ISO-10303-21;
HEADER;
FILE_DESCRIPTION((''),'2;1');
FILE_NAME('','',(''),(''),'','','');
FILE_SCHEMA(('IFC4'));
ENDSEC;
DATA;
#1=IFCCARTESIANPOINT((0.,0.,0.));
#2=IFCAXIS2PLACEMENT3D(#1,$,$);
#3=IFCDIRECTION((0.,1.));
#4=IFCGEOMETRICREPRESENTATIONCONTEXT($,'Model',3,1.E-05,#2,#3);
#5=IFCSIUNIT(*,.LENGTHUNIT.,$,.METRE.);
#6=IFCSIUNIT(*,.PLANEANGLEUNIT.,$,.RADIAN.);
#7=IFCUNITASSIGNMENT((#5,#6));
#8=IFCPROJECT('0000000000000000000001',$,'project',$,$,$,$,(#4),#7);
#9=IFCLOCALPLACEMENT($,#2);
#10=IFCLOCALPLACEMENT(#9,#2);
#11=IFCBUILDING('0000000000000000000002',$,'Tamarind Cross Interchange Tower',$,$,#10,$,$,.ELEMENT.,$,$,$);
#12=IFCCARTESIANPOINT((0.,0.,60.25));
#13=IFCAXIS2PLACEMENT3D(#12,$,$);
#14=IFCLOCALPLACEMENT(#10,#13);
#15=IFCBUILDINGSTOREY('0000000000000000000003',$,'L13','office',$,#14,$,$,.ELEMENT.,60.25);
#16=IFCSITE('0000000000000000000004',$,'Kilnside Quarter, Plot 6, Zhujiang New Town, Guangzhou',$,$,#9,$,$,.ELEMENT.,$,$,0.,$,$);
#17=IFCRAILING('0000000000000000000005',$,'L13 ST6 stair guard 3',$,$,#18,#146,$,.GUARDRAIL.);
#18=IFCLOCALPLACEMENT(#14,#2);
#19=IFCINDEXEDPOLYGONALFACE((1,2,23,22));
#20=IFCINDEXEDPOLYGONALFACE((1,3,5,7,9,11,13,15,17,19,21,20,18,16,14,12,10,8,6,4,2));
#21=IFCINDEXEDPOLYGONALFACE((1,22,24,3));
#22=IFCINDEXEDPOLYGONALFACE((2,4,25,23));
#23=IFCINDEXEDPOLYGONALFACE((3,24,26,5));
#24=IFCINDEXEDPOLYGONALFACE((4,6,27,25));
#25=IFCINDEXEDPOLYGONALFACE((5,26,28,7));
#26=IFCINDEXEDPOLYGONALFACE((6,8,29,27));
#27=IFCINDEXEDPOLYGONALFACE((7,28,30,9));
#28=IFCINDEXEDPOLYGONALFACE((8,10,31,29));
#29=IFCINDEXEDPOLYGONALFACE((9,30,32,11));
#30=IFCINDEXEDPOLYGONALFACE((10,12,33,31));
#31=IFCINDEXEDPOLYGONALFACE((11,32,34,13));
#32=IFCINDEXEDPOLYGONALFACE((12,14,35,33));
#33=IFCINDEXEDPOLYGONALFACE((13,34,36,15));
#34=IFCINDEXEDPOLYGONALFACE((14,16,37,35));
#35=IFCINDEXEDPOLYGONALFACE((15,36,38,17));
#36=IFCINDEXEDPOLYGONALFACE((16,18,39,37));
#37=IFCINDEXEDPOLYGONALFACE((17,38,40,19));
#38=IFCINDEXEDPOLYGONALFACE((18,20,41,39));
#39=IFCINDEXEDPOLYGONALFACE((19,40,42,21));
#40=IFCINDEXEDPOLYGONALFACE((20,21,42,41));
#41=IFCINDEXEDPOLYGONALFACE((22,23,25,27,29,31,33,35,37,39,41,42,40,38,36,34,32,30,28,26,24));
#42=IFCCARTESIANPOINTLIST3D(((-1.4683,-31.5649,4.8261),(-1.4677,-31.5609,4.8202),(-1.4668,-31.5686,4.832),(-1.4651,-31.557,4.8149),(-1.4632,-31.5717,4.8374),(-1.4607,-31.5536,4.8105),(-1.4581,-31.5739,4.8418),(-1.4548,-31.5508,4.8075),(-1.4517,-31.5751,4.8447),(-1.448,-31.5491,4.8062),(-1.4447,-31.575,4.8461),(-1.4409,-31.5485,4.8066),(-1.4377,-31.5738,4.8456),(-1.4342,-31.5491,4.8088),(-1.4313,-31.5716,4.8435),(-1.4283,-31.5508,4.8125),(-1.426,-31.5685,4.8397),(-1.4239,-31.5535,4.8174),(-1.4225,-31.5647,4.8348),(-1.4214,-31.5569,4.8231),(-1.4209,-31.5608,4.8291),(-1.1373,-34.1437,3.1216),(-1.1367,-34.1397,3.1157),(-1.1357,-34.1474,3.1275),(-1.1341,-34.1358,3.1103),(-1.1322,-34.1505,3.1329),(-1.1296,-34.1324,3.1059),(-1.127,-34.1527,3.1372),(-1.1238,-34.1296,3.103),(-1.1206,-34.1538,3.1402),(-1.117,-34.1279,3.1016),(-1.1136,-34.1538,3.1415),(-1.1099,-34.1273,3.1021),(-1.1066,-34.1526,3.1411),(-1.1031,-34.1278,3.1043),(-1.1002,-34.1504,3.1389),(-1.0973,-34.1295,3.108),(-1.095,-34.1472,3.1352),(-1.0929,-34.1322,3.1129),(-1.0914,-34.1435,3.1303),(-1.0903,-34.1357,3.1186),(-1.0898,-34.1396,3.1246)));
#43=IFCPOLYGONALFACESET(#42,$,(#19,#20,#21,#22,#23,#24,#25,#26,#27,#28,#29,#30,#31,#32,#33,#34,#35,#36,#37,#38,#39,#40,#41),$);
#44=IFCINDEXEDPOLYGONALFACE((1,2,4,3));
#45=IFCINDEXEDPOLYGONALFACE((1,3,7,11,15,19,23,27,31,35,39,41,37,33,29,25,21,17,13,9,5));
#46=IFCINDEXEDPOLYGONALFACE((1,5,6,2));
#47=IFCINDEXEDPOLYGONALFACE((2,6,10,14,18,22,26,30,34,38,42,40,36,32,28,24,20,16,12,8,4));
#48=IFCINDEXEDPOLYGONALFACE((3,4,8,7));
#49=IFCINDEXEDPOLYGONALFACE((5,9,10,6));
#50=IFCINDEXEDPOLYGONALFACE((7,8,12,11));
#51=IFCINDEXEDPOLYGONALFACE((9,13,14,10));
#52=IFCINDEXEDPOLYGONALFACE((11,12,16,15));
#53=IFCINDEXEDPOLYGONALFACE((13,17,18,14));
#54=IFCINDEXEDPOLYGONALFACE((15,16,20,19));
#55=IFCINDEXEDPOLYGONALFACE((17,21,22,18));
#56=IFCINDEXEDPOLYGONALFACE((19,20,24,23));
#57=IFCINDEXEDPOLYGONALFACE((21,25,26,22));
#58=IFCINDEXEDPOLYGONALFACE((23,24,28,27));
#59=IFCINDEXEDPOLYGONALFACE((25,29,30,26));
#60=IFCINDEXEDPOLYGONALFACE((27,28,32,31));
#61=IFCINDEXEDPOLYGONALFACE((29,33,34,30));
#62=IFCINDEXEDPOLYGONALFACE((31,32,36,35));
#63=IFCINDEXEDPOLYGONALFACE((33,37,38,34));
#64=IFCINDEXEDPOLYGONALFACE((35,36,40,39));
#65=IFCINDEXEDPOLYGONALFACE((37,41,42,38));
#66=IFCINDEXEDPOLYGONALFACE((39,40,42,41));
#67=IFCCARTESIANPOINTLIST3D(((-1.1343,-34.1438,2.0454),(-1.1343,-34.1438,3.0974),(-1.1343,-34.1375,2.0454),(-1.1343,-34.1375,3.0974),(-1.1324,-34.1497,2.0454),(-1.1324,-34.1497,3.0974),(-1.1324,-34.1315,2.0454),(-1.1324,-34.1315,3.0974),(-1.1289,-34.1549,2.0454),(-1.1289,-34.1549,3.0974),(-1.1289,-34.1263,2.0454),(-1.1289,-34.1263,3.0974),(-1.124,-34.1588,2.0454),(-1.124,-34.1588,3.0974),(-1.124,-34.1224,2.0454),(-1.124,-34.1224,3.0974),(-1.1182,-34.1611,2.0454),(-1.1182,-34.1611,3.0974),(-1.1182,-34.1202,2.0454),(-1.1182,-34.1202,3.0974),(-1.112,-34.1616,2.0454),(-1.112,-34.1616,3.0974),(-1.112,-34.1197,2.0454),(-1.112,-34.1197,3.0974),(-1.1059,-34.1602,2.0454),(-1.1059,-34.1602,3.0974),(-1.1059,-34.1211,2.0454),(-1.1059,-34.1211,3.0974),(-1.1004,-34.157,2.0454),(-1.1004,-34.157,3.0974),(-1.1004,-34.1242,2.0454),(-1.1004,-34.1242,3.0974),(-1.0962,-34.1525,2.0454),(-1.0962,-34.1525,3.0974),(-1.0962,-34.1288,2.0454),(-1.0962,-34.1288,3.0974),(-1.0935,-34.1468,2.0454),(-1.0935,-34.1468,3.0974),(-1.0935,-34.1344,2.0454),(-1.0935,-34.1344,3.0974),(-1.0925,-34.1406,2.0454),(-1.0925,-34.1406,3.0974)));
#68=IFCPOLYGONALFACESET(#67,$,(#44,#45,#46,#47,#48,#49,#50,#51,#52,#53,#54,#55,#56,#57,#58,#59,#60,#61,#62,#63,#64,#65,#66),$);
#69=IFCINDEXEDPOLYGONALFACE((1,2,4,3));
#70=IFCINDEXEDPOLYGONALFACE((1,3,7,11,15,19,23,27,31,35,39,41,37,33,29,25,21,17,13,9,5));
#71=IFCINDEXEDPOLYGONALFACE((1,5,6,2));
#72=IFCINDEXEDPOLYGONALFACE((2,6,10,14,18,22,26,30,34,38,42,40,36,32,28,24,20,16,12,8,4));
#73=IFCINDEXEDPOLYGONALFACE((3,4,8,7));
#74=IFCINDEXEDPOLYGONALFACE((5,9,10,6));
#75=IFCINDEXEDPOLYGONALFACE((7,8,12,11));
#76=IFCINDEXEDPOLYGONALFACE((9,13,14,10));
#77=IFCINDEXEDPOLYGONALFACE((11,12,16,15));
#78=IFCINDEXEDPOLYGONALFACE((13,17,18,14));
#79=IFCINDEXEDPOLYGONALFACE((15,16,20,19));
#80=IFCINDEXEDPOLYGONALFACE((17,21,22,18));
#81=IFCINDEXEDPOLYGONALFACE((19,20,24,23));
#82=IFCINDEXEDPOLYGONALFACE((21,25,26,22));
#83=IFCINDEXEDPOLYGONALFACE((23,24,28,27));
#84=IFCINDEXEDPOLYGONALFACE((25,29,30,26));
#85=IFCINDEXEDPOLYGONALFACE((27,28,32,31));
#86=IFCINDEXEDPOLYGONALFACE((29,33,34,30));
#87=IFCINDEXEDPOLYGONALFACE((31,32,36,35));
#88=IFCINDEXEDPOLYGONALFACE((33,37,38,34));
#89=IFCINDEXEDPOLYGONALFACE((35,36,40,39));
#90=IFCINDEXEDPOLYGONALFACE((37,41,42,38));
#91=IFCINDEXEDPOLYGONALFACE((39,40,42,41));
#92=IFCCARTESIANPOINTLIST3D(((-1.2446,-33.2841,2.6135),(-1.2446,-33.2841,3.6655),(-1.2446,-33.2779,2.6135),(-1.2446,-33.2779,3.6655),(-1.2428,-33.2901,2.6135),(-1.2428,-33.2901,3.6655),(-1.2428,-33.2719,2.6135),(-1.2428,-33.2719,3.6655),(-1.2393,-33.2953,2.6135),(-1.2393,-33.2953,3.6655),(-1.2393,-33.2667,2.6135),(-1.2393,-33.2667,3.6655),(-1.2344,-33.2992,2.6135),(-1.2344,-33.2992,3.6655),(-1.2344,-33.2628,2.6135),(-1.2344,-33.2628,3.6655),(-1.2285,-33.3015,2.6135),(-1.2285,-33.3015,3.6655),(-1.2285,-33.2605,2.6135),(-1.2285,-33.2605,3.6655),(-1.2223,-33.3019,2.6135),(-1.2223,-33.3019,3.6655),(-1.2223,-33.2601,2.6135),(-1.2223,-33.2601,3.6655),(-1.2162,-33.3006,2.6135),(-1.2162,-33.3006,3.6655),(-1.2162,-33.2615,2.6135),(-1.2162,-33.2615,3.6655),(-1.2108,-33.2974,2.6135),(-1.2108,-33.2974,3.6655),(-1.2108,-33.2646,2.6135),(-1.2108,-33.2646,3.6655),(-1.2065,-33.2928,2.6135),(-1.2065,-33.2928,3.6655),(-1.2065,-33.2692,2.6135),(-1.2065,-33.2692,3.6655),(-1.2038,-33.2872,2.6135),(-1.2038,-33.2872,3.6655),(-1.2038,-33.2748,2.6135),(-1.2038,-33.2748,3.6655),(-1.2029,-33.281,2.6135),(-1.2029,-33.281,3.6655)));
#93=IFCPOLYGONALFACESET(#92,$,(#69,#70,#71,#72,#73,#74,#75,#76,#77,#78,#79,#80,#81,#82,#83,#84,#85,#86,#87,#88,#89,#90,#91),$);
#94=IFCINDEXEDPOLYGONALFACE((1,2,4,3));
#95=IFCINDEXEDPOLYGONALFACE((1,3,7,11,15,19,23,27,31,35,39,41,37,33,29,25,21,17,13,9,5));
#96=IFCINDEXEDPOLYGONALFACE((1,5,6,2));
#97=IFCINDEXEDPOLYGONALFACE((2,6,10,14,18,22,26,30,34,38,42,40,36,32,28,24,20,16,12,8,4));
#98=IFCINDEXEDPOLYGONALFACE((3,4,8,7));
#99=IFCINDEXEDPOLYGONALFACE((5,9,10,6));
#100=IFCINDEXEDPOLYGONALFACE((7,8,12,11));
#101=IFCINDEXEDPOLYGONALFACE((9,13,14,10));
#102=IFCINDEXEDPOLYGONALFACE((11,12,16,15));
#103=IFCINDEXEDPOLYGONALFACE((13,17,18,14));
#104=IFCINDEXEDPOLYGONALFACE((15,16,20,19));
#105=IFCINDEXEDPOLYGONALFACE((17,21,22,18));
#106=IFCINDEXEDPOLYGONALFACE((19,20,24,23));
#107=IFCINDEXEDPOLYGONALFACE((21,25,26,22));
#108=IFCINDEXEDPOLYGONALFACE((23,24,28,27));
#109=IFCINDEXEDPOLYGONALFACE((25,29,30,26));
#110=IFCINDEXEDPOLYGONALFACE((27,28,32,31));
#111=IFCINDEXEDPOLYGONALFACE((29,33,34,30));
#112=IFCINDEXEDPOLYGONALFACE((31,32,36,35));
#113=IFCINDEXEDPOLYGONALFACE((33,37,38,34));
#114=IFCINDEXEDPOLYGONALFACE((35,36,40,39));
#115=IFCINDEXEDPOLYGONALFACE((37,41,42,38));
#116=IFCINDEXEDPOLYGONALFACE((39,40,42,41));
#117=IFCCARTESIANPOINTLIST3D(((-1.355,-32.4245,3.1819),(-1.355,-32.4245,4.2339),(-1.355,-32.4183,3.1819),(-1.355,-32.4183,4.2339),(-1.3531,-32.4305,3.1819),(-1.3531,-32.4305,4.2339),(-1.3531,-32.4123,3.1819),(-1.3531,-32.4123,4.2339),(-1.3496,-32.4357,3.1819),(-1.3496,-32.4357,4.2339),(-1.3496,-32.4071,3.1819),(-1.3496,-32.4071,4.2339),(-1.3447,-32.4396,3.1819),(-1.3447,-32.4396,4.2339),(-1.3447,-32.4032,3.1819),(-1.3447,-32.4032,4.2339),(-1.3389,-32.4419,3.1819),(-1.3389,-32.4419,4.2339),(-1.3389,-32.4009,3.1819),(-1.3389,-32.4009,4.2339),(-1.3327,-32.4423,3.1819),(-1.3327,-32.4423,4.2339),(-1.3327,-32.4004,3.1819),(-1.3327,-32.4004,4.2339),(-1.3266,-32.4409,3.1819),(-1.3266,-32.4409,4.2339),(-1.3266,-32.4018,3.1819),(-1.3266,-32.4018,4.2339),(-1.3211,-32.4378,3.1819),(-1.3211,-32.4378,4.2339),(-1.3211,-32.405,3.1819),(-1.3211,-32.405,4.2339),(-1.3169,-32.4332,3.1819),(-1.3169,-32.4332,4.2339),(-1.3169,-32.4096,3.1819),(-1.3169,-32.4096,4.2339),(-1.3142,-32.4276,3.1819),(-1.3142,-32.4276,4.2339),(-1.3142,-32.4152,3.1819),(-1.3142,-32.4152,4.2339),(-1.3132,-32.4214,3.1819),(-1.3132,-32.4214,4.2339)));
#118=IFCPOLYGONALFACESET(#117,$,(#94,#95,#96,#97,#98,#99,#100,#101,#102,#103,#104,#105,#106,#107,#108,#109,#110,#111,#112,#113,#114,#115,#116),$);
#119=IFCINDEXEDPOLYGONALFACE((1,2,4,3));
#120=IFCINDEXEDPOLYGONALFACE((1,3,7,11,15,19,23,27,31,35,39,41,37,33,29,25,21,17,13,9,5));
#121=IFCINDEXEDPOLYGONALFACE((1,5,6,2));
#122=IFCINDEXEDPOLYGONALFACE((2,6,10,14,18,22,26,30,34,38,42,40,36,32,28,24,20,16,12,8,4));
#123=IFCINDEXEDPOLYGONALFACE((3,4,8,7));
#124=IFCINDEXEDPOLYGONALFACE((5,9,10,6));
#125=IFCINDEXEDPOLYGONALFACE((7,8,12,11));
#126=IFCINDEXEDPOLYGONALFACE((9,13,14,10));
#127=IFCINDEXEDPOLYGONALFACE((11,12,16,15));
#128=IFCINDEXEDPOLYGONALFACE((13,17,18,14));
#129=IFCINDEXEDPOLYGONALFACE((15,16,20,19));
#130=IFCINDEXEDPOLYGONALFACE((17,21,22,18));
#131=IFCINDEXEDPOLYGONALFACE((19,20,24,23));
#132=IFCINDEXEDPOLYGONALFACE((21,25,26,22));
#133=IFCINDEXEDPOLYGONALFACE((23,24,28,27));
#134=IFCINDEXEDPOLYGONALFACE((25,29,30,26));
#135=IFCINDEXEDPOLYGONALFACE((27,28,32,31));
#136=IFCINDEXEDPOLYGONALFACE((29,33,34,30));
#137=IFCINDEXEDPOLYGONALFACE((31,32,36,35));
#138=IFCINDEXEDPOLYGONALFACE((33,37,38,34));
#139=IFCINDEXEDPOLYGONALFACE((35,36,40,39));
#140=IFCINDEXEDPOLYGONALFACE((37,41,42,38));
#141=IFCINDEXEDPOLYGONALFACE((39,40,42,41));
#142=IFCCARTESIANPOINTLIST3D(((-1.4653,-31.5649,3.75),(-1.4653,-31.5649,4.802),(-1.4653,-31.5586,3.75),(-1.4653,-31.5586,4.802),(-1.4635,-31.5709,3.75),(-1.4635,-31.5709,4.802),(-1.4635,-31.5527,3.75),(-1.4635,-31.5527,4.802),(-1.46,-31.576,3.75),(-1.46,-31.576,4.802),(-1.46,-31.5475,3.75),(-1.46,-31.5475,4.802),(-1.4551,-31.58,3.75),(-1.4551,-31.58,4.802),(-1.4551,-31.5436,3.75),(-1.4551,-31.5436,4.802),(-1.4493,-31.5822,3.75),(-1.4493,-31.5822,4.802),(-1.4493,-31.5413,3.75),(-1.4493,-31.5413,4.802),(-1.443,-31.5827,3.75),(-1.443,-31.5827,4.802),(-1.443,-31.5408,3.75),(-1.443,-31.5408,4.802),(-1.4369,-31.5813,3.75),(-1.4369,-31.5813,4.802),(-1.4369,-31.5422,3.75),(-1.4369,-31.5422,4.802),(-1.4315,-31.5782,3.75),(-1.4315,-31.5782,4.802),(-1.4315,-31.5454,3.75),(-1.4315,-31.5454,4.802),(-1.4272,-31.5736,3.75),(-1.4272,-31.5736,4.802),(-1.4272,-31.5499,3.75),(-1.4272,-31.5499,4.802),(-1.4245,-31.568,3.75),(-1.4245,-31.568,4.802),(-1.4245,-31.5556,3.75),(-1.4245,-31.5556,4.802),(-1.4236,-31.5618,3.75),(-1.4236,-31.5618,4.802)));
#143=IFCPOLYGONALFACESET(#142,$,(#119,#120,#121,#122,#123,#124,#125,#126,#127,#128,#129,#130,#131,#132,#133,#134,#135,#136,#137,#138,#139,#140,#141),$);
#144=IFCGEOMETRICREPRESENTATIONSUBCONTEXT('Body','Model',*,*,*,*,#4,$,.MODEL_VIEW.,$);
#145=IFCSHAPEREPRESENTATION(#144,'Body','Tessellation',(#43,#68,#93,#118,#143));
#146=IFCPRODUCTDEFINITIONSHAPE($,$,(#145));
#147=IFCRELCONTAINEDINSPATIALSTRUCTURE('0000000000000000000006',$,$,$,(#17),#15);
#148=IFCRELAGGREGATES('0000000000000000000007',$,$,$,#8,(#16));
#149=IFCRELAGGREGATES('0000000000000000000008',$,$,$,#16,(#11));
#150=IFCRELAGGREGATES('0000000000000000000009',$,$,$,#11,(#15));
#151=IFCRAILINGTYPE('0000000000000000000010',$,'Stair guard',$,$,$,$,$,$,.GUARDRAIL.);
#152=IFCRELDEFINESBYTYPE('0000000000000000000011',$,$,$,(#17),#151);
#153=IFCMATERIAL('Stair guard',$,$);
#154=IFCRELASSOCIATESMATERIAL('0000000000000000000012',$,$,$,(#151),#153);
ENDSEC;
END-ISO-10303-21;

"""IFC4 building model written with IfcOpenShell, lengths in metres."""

from ifc_helpers import new_model, si_unit, direction, frame, origin, origin_2d, place, context, subcontext, project, spatial, circle, extrude, material, type_object, element, save


model = new_model("IFC4")

# Units and contexts
model_context = context("Model", 3, precision=1e-05, world=origin(), true_north=direction((0.0, 1.0)))
body_context = subcontext(model_context, "Body", "Model", "MODEL_VIEW")
ifc_project = project(units=[si_unit("LENGTHUNIT", "METRE"), si_unit("PLANEANGLEUNIT", "RADIAN")], contexts=[model_context])

# Site, building, storey
site_placement = place(None, origin())
site = spatial("IfcSite", under=ifc_project, at=site_placement, Name="Kilnside Quarter, Plot 6, Zhujiang New Town, Guangzhou", CompositionType="ELEMENT", RefElevation=0.0)
building_placement = place(site_placement, origin())
building = spatial("IfcBuilding", under=site, at=building_placement, Name="Tamarind Cross Interchange Tower", CompositionType="ELEMENT")
storey_placement = place(building_placement, frame((0.0, 0.0, 60.25)))
storey = spatial("IfcBuildingStorey", under=building, at=storey_placement, Name="L13", Description="office", CompositionType="ELEMENT", Elevation=60.25)

# Railing
ifc_material_1 = material(Name="Stair guard")
railing_type_1 = type_object("IfcRailingType", Name="Stair guard", PredefinedType="GUARDRAIL", material=ifc_material_1)
railing_1_placement = place(storey_placement, frame((-1.1135, -34.1406, 2.0454)))
element("IfcRailing", 1, at=railing_1_placement, inside=storey, type_object=railing_type_1, Name="L13 ST6 stair guard 3", PredefinedType="GUARDRAIL", context=body_context, shape_type="SweptSolid", body=[
    extrude(circle(Radius=0.0239, at=origin_2d()), frame((0.0, 0.0, 1.0762), z_axis=(-0.106484, 0.829488, 0.54828), x_axis=(-0.991861, -0.127328, 0.0)), (0.0, 0.0, 1.0), 3.1089),
    extrude(circle(Radius=0.021, at=origin_2d()), origin(), (0.0, 0.0, 1.0), 1.052),
    extrude(circle(Radius=0.021, at=origin_2d()), frame((-0.1104, 0.8596, 0.5681)), (0.0, 0.0, 1.0), 1.052),
    extrude(circle(Radius=0.021, at=origin_2d()), frame((-0.2207, 1.7192, 1.1365)), (0.0, 0.0, 1.0), 1.052),
    extrude(circle(Radius=0.021, at=origin_2d()), frame((-0.3311, 2.5789, 1.7046)), (0.0, 0.0, 1.0), 1.052),
])

save(model, "model.ifc")
